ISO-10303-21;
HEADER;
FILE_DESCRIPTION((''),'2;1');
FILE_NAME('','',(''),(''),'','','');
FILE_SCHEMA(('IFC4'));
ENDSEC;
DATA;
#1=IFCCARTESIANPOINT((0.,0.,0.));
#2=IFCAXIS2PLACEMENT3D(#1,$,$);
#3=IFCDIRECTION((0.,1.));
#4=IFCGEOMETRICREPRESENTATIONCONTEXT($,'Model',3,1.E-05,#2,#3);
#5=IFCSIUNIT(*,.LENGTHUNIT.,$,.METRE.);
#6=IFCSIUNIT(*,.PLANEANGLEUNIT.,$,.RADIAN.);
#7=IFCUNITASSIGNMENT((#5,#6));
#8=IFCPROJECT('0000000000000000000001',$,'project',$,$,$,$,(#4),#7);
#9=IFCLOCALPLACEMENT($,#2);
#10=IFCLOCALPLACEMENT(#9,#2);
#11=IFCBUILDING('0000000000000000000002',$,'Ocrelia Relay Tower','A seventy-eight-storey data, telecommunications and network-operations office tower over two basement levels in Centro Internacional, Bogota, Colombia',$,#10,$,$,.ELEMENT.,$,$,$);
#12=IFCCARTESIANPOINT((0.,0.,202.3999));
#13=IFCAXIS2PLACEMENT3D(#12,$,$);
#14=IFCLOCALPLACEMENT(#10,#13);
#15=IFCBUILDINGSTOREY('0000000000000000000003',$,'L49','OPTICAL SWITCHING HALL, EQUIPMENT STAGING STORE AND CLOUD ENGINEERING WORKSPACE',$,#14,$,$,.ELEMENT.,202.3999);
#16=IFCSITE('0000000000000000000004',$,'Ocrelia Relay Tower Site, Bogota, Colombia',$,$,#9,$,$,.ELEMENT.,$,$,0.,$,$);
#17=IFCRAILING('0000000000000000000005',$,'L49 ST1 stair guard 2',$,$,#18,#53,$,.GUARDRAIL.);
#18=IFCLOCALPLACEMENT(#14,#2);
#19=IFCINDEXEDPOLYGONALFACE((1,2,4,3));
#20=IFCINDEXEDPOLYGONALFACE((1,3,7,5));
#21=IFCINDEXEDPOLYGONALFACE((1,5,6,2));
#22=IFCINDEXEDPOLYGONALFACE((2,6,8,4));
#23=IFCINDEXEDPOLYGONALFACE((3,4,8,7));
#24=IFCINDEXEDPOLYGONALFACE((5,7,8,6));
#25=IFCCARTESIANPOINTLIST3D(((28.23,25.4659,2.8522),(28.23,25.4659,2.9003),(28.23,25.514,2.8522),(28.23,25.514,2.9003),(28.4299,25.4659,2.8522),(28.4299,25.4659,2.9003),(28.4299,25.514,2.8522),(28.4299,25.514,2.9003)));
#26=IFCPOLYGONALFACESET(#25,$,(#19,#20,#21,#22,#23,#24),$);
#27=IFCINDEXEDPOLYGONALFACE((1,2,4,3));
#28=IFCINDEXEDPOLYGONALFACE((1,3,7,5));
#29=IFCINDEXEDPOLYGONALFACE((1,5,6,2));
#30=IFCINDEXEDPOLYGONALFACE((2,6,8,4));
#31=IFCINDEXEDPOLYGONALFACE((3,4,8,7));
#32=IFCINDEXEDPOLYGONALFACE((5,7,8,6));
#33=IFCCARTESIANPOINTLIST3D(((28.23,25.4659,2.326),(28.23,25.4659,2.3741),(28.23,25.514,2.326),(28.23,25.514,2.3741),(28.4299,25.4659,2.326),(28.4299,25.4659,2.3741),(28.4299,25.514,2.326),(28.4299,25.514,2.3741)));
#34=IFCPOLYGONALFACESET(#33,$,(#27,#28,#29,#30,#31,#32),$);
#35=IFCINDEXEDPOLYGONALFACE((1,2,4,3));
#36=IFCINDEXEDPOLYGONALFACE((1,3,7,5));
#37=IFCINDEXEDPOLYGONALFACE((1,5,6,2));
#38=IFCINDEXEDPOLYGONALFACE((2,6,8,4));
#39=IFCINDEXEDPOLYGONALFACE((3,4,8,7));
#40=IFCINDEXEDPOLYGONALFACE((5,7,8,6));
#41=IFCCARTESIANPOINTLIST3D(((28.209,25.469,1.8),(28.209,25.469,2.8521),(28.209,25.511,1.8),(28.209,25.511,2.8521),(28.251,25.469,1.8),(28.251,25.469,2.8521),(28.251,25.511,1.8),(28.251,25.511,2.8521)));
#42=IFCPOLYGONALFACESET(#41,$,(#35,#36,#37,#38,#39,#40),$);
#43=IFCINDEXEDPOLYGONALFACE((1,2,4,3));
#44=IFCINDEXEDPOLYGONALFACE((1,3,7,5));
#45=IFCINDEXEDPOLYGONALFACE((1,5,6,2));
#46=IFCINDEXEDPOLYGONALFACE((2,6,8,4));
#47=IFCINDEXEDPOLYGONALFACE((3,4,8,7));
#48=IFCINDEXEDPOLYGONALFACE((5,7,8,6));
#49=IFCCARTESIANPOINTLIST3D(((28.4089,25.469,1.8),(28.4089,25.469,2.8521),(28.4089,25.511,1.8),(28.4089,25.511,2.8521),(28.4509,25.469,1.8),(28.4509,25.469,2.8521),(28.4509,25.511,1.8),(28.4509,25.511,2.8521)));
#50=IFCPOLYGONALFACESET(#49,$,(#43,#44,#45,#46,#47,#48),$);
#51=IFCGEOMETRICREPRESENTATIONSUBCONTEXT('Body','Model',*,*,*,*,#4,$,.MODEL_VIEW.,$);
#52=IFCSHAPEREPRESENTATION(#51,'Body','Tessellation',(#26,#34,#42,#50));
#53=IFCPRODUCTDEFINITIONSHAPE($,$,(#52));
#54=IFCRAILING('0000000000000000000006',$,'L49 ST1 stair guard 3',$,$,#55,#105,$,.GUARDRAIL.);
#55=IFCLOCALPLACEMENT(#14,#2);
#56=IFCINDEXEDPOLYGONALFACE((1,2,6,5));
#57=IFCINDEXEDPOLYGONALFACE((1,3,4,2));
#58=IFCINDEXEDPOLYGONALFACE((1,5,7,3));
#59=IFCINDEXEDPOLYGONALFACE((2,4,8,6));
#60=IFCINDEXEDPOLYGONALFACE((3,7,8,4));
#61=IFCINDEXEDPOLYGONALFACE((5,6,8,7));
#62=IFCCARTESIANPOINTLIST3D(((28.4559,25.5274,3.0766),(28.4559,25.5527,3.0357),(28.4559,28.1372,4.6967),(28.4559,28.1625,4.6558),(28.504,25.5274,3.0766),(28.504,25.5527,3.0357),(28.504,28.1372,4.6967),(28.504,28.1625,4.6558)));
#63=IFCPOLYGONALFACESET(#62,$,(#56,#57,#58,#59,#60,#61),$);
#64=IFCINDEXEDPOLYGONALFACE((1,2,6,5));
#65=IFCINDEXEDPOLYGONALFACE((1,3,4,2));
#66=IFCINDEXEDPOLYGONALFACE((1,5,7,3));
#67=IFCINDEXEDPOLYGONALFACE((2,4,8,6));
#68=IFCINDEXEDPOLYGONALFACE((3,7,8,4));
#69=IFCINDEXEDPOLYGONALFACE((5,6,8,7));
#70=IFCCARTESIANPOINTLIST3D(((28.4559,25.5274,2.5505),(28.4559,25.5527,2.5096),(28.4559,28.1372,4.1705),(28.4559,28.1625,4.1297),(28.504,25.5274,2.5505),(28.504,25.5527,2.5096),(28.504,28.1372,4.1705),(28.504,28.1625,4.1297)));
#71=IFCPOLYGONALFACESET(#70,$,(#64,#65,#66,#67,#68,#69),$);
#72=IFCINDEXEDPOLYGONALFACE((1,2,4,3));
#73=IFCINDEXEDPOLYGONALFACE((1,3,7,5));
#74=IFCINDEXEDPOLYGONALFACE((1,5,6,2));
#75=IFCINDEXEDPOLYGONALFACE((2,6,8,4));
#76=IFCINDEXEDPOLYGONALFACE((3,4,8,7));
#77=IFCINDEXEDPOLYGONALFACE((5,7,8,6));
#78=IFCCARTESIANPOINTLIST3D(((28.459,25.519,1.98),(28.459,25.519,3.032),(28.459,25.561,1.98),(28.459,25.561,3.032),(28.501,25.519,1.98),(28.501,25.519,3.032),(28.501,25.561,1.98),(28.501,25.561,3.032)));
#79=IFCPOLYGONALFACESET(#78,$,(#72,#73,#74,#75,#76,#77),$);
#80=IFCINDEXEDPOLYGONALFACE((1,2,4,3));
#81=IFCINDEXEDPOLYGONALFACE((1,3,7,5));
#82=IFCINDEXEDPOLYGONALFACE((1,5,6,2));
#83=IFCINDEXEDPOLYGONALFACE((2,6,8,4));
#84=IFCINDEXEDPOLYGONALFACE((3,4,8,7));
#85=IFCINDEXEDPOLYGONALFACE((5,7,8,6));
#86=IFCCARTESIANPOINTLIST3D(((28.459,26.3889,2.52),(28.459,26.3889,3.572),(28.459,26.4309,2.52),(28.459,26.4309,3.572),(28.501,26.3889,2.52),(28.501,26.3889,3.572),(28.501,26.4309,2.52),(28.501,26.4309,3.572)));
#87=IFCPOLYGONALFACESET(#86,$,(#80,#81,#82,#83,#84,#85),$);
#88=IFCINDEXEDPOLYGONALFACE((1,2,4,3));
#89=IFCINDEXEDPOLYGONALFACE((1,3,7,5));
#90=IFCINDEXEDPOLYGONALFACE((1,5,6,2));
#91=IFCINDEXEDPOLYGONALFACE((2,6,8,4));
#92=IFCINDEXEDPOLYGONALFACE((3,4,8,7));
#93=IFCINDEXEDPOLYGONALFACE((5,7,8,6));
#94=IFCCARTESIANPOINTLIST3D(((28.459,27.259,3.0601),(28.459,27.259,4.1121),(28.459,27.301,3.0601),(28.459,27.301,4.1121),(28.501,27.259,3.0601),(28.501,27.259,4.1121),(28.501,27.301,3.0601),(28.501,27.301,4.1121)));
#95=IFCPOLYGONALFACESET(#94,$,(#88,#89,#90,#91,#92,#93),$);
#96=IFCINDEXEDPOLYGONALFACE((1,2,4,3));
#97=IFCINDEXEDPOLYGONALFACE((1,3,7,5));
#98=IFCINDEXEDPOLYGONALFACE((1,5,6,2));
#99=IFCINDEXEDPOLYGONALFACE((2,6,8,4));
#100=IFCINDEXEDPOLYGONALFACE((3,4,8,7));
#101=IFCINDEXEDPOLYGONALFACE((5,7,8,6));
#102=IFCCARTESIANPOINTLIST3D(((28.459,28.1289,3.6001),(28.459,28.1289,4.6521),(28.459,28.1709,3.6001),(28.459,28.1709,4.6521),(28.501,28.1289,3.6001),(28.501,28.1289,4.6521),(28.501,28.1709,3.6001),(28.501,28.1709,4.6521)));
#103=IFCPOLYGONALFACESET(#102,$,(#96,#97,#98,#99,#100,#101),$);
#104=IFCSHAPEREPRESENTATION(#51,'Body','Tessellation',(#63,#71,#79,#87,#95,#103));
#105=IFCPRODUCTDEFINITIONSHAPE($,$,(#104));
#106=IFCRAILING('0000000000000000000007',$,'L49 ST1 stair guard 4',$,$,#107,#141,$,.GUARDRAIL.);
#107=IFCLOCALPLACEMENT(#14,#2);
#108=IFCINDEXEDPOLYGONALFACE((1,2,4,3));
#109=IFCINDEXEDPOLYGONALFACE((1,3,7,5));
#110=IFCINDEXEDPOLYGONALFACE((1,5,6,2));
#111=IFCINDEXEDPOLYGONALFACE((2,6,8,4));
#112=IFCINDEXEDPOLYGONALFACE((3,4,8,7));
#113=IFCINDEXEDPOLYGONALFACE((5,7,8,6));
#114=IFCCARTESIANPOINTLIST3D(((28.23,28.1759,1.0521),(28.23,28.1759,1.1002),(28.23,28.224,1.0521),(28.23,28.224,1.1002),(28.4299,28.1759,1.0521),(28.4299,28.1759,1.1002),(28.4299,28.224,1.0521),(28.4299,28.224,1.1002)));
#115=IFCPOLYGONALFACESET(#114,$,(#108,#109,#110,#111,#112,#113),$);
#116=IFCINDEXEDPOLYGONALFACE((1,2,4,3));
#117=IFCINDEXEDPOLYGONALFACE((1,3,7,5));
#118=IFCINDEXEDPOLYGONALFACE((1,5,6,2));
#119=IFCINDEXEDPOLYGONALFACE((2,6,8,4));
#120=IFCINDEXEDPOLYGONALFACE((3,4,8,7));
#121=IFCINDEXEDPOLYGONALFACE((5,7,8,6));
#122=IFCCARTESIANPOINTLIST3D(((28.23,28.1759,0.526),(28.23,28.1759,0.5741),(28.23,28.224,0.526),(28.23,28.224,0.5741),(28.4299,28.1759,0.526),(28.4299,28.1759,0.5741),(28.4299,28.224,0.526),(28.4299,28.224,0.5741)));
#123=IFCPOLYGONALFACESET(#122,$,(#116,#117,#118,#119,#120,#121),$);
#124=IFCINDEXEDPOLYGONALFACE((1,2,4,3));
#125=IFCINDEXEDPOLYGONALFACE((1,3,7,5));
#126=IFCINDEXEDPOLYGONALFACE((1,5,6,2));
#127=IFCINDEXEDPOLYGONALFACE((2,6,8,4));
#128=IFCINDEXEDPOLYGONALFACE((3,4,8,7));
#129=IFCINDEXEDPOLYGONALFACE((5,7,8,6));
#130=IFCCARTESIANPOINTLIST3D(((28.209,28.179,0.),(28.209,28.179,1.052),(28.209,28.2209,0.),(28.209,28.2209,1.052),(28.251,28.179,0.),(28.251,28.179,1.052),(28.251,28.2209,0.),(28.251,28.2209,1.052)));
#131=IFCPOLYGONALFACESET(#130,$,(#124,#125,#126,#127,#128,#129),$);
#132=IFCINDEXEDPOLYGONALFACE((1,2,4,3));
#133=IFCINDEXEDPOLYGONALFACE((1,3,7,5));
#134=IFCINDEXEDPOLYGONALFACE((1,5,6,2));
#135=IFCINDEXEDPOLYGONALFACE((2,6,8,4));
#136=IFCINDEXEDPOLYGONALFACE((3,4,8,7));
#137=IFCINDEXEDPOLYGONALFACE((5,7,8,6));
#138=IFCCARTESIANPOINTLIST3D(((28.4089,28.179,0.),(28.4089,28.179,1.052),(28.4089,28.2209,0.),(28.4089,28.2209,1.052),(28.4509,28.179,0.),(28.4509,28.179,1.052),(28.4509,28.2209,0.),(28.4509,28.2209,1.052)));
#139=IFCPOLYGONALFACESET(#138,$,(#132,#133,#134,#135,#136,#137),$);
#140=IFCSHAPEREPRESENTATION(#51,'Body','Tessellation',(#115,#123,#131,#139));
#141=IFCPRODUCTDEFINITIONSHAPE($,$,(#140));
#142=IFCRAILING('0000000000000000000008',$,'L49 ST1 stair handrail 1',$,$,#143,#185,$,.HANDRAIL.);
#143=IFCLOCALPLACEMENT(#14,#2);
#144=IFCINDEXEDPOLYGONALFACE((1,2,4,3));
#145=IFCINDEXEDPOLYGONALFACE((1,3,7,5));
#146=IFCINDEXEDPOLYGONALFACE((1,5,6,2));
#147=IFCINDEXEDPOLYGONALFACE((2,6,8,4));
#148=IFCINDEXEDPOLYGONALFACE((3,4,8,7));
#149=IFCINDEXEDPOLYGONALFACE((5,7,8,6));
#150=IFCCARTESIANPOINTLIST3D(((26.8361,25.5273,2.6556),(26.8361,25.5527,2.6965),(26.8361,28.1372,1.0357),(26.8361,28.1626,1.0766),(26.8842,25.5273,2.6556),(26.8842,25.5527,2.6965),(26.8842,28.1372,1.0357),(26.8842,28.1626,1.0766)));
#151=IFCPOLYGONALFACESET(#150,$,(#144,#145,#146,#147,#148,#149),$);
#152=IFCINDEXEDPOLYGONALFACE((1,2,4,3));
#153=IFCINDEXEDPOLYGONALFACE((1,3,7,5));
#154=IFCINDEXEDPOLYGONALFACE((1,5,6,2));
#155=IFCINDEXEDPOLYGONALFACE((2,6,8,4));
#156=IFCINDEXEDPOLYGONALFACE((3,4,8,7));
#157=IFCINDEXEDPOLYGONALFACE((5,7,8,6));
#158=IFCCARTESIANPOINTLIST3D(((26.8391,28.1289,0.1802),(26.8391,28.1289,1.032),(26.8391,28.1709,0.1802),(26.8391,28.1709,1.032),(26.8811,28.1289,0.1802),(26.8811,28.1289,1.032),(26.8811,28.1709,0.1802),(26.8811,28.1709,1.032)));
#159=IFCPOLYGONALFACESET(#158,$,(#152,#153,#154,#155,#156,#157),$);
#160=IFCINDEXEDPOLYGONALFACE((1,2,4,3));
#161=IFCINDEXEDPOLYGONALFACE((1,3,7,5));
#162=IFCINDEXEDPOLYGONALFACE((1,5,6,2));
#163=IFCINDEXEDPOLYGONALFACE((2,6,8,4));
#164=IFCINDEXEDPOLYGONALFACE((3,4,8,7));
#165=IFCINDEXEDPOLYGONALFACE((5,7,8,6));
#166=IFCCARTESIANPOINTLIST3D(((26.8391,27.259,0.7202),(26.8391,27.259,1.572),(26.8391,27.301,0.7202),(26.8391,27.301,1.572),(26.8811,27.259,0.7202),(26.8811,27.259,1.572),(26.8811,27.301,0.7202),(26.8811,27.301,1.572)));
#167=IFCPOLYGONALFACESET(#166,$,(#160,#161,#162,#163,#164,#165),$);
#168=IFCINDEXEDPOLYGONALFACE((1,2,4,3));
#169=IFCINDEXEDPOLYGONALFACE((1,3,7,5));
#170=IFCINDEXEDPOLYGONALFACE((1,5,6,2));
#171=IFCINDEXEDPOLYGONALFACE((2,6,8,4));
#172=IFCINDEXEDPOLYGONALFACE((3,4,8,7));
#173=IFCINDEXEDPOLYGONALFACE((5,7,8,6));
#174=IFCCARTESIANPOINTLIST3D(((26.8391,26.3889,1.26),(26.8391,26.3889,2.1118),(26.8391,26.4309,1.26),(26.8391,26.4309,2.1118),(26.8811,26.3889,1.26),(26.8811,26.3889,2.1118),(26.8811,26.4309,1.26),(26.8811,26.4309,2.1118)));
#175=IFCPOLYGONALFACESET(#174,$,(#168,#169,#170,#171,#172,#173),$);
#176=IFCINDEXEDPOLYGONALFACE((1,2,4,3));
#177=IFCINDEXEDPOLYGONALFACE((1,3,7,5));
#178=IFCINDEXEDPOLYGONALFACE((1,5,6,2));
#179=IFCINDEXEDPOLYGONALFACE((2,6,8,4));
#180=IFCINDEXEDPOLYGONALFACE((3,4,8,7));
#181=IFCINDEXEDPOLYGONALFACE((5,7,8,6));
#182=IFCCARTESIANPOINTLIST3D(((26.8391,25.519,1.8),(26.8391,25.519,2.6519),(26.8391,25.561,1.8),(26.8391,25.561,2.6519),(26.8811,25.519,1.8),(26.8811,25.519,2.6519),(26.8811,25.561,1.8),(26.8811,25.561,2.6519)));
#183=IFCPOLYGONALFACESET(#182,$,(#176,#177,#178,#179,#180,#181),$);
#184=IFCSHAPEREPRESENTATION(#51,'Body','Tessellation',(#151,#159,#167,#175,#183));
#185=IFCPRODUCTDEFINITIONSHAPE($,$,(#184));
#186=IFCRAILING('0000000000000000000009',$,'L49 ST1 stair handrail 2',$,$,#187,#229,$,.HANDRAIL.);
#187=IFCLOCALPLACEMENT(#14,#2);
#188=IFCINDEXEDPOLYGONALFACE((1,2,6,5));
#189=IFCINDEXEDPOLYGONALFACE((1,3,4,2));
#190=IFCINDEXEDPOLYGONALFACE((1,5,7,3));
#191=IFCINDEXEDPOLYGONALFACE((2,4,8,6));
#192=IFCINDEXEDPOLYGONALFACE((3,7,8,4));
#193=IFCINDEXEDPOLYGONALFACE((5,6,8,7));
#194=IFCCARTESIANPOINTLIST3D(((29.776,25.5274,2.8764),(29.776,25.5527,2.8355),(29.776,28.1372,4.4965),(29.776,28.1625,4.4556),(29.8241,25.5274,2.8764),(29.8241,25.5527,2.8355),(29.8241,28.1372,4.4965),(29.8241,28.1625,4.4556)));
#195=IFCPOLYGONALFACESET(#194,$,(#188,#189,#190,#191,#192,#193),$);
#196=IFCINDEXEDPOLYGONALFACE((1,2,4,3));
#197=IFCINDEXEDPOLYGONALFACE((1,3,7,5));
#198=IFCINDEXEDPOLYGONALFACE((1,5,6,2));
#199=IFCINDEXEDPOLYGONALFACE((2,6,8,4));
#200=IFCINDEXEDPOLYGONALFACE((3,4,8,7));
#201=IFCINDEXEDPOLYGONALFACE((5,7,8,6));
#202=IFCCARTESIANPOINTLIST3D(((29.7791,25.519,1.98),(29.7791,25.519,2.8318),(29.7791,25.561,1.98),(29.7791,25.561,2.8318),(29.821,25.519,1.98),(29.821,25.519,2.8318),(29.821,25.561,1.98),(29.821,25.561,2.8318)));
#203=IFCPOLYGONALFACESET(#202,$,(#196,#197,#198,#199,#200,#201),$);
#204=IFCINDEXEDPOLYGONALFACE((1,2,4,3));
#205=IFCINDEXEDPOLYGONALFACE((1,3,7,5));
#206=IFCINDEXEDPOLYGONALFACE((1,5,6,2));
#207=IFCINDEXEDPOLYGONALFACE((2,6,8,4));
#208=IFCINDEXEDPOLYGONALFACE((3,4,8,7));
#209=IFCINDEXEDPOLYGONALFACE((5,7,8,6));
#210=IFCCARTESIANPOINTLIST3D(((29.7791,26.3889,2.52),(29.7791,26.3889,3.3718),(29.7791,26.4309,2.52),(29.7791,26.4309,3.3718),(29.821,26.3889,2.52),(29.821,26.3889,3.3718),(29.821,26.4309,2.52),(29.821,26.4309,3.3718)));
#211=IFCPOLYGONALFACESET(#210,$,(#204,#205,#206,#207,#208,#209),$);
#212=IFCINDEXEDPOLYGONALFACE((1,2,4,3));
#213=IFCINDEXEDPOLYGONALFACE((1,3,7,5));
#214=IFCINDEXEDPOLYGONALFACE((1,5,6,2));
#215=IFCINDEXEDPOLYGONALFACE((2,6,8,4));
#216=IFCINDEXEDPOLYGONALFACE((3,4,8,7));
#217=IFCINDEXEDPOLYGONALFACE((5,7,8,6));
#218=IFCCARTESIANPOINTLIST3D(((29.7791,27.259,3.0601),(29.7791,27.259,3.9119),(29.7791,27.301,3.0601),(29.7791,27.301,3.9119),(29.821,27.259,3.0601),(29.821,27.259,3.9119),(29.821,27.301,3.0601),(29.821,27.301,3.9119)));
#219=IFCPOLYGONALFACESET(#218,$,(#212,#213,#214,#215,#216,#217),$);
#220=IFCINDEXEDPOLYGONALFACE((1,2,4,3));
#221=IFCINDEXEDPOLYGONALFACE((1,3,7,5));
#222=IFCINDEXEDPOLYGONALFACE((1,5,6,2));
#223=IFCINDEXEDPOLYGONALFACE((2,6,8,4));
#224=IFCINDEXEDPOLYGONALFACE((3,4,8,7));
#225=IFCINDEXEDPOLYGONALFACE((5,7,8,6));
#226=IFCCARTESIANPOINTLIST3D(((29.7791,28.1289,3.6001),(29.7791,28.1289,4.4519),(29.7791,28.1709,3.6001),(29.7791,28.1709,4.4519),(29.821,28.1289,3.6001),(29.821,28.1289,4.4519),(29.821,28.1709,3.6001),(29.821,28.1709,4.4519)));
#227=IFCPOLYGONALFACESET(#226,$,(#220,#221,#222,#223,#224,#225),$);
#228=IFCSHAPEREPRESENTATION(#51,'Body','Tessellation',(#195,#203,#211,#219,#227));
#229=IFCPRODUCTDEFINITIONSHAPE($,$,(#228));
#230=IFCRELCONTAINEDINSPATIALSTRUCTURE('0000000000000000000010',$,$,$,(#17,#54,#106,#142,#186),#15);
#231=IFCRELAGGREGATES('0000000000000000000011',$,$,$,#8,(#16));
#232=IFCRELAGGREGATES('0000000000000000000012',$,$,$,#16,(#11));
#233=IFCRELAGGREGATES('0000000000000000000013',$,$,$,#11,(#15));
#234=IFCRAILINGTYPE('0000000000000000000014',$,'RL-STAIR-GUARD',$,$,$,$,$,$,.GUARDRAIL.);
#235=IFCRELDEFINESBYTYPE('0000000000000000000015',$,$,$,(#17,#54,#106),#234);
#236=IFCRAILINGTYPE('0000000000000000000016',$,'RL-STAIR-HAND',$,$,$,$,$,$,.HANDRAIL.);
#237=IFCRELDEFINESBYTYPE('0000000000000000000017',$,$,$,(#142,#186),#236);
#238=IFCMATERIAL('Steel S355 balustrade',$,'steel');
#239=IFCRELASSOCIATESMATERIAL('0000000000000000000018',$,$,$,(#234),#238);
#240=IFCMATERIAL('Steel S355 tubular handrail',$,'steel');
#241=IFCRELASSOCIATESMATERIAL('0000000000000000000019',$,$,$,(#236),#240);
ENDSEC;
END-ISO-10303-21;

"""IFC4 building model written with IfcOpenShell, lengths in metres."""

from ifc_helpers import new_model, si_unit, direction, frame, origin, origin_2d, place, context, subcontext, project, spatial, rectangle, extrude, material, type_object, element, save


model = new_model("IFC4")

# Units and contexts
model_context = context("Model", 3, precision=1e-05, world=origin(), true_north=direction((0.0, 1.0)))
body_context = subcontext(model_context, "Body", "Model", "MODEL_VIEW")
ifc_project = project(units=[si_unit("LENGTHUNIT", "METRE"), si_unit("PLANEANGLEUNIT", "RADIAN")], contexts=[model_context])

# Site, building, storey
site_placement = place(None, origin())
site = spatial("IfcSite", under=ifc_project, at=site_placement, Name="Ocrelia Relay Tower Site, Bogota, Colombia", CompositionType="ELEMENT", RefElevation=0.0)
building_placement = place(site_placement, origin())
building = spatial("IfcBuilding", under=site, at=building_placement, Name="Ocrelia Relay Tower", Description="A seventy-eight-storey data, telecommunications and network-operations office tower over two basement levels in Centro Internacional, Bogota, Colombia", CompositionType="ELEMENT")
storey_placement = place(building_placement, frame((0.0, 0.0, 202.3999)))
storey = spatial("IfcBuildingStorey", under=building, at=storey_placement, Name="L49", Description="OPTICAL SWITCHING HALL, EQUIPMENT STAGING STORE AND CLOUD ENGINEERING WORKSPACE", CompositionType="ELEMENT", Elevation=202.3999)

# Railings
ifc_material_1 = material(Name="Steel S355 balustrade", Category="steel")
railing_type_1 = type_object("IfcRailingType", Name="RL-STAIR-GUARD", PredefinedType="GUARDRAIL", material=ifc_material_1)
railing_1_placement = place(storey_placement, frame((28.23, 25.49, 1.8)))
element("IfcRailing", 1, at=railing_1_placement, inside=storey, type_object=railing_type_1, Name="L49 ST1 stair guard 2", PredefinedType="GUARDRAIL", context=body_context, shape_type="SweptSolid", body=[
    extrude(rectangle(XDim=0.0481, YDim=0.0481, at=origin_2d()), frame((0.0, 0.0, 1.0762), z_axis=(1.0, 0.0, 0.0), x_axis=(0.0, 1.0, 0.0)), (0.0, 0.0, 1.0), 0.2),
    extrude(rectangle(XDim=0.0481, YDim=0.0481, at=origin_2d()), frame((0.0, 0.0, 0.55), z_axis=(1.0, 0.0, 0.0), x_axis=(0.0, 1.0, 0.0)), (0.0, 0.0, 1.0), 0.2),
    extrude(rectangle(XDim=0.042, YDim=0.042, at=origin_2d()), origin(), (0.0, 0.0, 1.0), 1.052),
    extrude(rectangle(XDim=0.042, YDim=0.042, at=origin_2d()), frame((0.2, 0.0, 0.0)), (0.0, 0.0, 1.0), 1.052),
])
railing_2_placement = place(storey_placement, frame((28.48, 25.54, 1.98)))
element("IfcRailing", 2, at=railing_2_placement, inside=storey, type_object=railing_type_1, Name="L49 ST1 stair guard 3", PredefinedType="GUARDRAIL", context=body_context, shape_type="SweptSolid", body=[
    extrude(rectangle(XDim=0.0481, YDim=0.0481, at=origin_2d()), frame((0.0, 0.0, 1.0762), z_axis=(0.0, 0.849611, 0.52741), x_axis=(-1.0, 0.0, 0.0)), (0.0, 0.0, 1.0), 3.0718),
    extrude(rectangle(XDim=0.0481, YDim=0.0481, at=origin_2d()), frame((0.0, 0.0, 0.55), z_axis=(0.0, 0.849611, 0.52741), x_axis=(-1.0, 0.0, 0.0)), (0.0, 0.0, 1.0), 3.0718),
    extrude(rectangle(XDim=0.042, YDim=0.042, at=origin_2d()), origin(), (0.0, 0.0, 1.0), 1.052),
    extrude(rectangle(XDim=0.042, YDim=0.042, at=origin_2d()), frame((0.0, 0.8699, 0.54)), (0.0, 0.0, 1.0), 1.052),
    extrude(rectangle(XDim=0.042, YDim=0.042, at=origin_2d()), frame((0.0, 1.74, 1.0801)), (0.0, 0.0, 1.0), 1.052),
    extrude(rectangle(XDim=0.042, YDim=0.042, at=origin_2d()), frame((0.0, 2.6099, 1.6201)), (0.0, 0.0, 1.0), 1.052),
])
railing_3_placement = place(storey_placement, frame((28.23, 28.2, 0.0)))
element("IfcRailing", 3, at=railing_3_placement, inside=storey, type_object=railing_type_1, Name="L49 ST1 stair guard 4", PredefinedType="GUARDRAIL", context=body_context, shape_type="SweptSolid", body=[
    extrude(rectangle(XDim=0.0481, YDim=0.0481, at=origin_2d()), frame((0.0, 0.0, 1.0762), z_axis=(1.0, 0.0, 0.0), x_axis=(0.0, 1.0, 0.0)), (0.0, 0.0, 1.0), 0.2),
    extrude(rectangle(XDim=0.0481, YDim=0.0481, at=origin_2d()), frame((0.0, 0.0, 0.55), z_axis=(1.0, 0.0, 0.0), x_axis=(0.0, 1.0, 0.0)), (0.0, 0.0, 1.0), 0.2),
    extrude(rectangle(XDim=0.042, YDim=0.042, at=origin_2d()), origin(), (0.0, 0.0, 1.0), 1.052),
    extrude(rectangle(XDim=0.042, YDim=0.042, at=origin_2d()), frame((0.2, 0.0, 0.0)), (0.0, 0.0, 1.0), 1.052),
])
ifc_material_2 = material(Name="Steel S355 tubular handrail", Category="steel")
railing_type_2 = type_object("IfcRailingType", Name="RL-STAIR-HAND", PredefinedType="HANDRAIL", material=ifc_material_2)
railing_4_placement = place(storey_placement, frame((26.8601, 28.1499, 0.1802)))
element("IfcRailing", 4, at=railing_4_placement, inside=storey, type_object=railing_type_2, Name="L49 ST1 stair handrail 1", PredefinedType="HANDRAIL", context=body_context, shape_type="SweptSolid", body=[
    extrude(rectangle(XDim=0.0481, YDim=0.0481, at=origin_2d()), frame((0.0, 0.0, 0.876), z_axis=(0.0, -0.849646, 0.527353), x_axis=(1.0, 0.0, 0.0)), (0.0, 0.0, 1.0), 3.0718),
    extrude(rectangle(XDim=0.042, YDim=0.042, at=origin_2d()), origin(), (0.0, 0.0, 1.0), 0.8518),
    extrude(rectangle(XDim=0.042, YDim=0.042, at=origin_2d()), frame((0.0, -0.8699, 0.54)), (0.0, 0.0, 1.0), 0.8518),
    extrude(rectangle(XDim=0.042, YDim=0.042, at=origin_2d()), frame((0.0, -1.74, 1.0798)), (0.0, 0.0, 1.0), 0.8518),
    extrude(rectangle(XDim=0.042, YDim=0.042, at=origin_2d()), frame((0.0, -2.6099, 1.6199)), (0.0, 0.0, 1.0), 0.8518),
])
railing_5_placement = place(storey_placement, frame((29.8, 25.54, 1.98)))
element("IfcRailing", 5, at=railing_5_placement, inside=storey, type_object=railing_type_2, Name="L49 ST1 stair handrail 2", PredefinedType="HANDRAIL", context=body_context, shape_type="SweptSolid", body=[
    extrude(rectangle(XDim=0.0481, YDim=0.0481, at=origin_2d()), frame((0.0, 0.0, 0.876), z_axis=(0.0, 0.849611, 0.52741), x_axis=(-1.0, 0.0, 0.0)), (0.0, 0.0, 1.0), 3.0718),
    extrude(rectangle(XDim=0.042, YDim=0.042, at=origin_2d()), origin(), (0.0, 0.0, 1.0), 0.8518),
    extrude(rectangle(XDim=0.042, YDim=0.042, at=origin_2d()), frame((0.0, 0.8699, 0.54)), (0.0, 0.0, 1.0), 0.8518),
    extrude(rectangle(XDim=0.042, YDim=0.042, at=origin_2d()), frame((0.0, 1.74, 1.0801)), (0.0, 0.0, 1.0), 0.8518),
    extrude(rectangle(XDim=0.042, YDim=0.042, at=origin_2d()), frame((0.0, 2.6099, 1.6201)), (0.0, 0.0, 1.0), 0.8518),
])

save(model, "model.ifc")
